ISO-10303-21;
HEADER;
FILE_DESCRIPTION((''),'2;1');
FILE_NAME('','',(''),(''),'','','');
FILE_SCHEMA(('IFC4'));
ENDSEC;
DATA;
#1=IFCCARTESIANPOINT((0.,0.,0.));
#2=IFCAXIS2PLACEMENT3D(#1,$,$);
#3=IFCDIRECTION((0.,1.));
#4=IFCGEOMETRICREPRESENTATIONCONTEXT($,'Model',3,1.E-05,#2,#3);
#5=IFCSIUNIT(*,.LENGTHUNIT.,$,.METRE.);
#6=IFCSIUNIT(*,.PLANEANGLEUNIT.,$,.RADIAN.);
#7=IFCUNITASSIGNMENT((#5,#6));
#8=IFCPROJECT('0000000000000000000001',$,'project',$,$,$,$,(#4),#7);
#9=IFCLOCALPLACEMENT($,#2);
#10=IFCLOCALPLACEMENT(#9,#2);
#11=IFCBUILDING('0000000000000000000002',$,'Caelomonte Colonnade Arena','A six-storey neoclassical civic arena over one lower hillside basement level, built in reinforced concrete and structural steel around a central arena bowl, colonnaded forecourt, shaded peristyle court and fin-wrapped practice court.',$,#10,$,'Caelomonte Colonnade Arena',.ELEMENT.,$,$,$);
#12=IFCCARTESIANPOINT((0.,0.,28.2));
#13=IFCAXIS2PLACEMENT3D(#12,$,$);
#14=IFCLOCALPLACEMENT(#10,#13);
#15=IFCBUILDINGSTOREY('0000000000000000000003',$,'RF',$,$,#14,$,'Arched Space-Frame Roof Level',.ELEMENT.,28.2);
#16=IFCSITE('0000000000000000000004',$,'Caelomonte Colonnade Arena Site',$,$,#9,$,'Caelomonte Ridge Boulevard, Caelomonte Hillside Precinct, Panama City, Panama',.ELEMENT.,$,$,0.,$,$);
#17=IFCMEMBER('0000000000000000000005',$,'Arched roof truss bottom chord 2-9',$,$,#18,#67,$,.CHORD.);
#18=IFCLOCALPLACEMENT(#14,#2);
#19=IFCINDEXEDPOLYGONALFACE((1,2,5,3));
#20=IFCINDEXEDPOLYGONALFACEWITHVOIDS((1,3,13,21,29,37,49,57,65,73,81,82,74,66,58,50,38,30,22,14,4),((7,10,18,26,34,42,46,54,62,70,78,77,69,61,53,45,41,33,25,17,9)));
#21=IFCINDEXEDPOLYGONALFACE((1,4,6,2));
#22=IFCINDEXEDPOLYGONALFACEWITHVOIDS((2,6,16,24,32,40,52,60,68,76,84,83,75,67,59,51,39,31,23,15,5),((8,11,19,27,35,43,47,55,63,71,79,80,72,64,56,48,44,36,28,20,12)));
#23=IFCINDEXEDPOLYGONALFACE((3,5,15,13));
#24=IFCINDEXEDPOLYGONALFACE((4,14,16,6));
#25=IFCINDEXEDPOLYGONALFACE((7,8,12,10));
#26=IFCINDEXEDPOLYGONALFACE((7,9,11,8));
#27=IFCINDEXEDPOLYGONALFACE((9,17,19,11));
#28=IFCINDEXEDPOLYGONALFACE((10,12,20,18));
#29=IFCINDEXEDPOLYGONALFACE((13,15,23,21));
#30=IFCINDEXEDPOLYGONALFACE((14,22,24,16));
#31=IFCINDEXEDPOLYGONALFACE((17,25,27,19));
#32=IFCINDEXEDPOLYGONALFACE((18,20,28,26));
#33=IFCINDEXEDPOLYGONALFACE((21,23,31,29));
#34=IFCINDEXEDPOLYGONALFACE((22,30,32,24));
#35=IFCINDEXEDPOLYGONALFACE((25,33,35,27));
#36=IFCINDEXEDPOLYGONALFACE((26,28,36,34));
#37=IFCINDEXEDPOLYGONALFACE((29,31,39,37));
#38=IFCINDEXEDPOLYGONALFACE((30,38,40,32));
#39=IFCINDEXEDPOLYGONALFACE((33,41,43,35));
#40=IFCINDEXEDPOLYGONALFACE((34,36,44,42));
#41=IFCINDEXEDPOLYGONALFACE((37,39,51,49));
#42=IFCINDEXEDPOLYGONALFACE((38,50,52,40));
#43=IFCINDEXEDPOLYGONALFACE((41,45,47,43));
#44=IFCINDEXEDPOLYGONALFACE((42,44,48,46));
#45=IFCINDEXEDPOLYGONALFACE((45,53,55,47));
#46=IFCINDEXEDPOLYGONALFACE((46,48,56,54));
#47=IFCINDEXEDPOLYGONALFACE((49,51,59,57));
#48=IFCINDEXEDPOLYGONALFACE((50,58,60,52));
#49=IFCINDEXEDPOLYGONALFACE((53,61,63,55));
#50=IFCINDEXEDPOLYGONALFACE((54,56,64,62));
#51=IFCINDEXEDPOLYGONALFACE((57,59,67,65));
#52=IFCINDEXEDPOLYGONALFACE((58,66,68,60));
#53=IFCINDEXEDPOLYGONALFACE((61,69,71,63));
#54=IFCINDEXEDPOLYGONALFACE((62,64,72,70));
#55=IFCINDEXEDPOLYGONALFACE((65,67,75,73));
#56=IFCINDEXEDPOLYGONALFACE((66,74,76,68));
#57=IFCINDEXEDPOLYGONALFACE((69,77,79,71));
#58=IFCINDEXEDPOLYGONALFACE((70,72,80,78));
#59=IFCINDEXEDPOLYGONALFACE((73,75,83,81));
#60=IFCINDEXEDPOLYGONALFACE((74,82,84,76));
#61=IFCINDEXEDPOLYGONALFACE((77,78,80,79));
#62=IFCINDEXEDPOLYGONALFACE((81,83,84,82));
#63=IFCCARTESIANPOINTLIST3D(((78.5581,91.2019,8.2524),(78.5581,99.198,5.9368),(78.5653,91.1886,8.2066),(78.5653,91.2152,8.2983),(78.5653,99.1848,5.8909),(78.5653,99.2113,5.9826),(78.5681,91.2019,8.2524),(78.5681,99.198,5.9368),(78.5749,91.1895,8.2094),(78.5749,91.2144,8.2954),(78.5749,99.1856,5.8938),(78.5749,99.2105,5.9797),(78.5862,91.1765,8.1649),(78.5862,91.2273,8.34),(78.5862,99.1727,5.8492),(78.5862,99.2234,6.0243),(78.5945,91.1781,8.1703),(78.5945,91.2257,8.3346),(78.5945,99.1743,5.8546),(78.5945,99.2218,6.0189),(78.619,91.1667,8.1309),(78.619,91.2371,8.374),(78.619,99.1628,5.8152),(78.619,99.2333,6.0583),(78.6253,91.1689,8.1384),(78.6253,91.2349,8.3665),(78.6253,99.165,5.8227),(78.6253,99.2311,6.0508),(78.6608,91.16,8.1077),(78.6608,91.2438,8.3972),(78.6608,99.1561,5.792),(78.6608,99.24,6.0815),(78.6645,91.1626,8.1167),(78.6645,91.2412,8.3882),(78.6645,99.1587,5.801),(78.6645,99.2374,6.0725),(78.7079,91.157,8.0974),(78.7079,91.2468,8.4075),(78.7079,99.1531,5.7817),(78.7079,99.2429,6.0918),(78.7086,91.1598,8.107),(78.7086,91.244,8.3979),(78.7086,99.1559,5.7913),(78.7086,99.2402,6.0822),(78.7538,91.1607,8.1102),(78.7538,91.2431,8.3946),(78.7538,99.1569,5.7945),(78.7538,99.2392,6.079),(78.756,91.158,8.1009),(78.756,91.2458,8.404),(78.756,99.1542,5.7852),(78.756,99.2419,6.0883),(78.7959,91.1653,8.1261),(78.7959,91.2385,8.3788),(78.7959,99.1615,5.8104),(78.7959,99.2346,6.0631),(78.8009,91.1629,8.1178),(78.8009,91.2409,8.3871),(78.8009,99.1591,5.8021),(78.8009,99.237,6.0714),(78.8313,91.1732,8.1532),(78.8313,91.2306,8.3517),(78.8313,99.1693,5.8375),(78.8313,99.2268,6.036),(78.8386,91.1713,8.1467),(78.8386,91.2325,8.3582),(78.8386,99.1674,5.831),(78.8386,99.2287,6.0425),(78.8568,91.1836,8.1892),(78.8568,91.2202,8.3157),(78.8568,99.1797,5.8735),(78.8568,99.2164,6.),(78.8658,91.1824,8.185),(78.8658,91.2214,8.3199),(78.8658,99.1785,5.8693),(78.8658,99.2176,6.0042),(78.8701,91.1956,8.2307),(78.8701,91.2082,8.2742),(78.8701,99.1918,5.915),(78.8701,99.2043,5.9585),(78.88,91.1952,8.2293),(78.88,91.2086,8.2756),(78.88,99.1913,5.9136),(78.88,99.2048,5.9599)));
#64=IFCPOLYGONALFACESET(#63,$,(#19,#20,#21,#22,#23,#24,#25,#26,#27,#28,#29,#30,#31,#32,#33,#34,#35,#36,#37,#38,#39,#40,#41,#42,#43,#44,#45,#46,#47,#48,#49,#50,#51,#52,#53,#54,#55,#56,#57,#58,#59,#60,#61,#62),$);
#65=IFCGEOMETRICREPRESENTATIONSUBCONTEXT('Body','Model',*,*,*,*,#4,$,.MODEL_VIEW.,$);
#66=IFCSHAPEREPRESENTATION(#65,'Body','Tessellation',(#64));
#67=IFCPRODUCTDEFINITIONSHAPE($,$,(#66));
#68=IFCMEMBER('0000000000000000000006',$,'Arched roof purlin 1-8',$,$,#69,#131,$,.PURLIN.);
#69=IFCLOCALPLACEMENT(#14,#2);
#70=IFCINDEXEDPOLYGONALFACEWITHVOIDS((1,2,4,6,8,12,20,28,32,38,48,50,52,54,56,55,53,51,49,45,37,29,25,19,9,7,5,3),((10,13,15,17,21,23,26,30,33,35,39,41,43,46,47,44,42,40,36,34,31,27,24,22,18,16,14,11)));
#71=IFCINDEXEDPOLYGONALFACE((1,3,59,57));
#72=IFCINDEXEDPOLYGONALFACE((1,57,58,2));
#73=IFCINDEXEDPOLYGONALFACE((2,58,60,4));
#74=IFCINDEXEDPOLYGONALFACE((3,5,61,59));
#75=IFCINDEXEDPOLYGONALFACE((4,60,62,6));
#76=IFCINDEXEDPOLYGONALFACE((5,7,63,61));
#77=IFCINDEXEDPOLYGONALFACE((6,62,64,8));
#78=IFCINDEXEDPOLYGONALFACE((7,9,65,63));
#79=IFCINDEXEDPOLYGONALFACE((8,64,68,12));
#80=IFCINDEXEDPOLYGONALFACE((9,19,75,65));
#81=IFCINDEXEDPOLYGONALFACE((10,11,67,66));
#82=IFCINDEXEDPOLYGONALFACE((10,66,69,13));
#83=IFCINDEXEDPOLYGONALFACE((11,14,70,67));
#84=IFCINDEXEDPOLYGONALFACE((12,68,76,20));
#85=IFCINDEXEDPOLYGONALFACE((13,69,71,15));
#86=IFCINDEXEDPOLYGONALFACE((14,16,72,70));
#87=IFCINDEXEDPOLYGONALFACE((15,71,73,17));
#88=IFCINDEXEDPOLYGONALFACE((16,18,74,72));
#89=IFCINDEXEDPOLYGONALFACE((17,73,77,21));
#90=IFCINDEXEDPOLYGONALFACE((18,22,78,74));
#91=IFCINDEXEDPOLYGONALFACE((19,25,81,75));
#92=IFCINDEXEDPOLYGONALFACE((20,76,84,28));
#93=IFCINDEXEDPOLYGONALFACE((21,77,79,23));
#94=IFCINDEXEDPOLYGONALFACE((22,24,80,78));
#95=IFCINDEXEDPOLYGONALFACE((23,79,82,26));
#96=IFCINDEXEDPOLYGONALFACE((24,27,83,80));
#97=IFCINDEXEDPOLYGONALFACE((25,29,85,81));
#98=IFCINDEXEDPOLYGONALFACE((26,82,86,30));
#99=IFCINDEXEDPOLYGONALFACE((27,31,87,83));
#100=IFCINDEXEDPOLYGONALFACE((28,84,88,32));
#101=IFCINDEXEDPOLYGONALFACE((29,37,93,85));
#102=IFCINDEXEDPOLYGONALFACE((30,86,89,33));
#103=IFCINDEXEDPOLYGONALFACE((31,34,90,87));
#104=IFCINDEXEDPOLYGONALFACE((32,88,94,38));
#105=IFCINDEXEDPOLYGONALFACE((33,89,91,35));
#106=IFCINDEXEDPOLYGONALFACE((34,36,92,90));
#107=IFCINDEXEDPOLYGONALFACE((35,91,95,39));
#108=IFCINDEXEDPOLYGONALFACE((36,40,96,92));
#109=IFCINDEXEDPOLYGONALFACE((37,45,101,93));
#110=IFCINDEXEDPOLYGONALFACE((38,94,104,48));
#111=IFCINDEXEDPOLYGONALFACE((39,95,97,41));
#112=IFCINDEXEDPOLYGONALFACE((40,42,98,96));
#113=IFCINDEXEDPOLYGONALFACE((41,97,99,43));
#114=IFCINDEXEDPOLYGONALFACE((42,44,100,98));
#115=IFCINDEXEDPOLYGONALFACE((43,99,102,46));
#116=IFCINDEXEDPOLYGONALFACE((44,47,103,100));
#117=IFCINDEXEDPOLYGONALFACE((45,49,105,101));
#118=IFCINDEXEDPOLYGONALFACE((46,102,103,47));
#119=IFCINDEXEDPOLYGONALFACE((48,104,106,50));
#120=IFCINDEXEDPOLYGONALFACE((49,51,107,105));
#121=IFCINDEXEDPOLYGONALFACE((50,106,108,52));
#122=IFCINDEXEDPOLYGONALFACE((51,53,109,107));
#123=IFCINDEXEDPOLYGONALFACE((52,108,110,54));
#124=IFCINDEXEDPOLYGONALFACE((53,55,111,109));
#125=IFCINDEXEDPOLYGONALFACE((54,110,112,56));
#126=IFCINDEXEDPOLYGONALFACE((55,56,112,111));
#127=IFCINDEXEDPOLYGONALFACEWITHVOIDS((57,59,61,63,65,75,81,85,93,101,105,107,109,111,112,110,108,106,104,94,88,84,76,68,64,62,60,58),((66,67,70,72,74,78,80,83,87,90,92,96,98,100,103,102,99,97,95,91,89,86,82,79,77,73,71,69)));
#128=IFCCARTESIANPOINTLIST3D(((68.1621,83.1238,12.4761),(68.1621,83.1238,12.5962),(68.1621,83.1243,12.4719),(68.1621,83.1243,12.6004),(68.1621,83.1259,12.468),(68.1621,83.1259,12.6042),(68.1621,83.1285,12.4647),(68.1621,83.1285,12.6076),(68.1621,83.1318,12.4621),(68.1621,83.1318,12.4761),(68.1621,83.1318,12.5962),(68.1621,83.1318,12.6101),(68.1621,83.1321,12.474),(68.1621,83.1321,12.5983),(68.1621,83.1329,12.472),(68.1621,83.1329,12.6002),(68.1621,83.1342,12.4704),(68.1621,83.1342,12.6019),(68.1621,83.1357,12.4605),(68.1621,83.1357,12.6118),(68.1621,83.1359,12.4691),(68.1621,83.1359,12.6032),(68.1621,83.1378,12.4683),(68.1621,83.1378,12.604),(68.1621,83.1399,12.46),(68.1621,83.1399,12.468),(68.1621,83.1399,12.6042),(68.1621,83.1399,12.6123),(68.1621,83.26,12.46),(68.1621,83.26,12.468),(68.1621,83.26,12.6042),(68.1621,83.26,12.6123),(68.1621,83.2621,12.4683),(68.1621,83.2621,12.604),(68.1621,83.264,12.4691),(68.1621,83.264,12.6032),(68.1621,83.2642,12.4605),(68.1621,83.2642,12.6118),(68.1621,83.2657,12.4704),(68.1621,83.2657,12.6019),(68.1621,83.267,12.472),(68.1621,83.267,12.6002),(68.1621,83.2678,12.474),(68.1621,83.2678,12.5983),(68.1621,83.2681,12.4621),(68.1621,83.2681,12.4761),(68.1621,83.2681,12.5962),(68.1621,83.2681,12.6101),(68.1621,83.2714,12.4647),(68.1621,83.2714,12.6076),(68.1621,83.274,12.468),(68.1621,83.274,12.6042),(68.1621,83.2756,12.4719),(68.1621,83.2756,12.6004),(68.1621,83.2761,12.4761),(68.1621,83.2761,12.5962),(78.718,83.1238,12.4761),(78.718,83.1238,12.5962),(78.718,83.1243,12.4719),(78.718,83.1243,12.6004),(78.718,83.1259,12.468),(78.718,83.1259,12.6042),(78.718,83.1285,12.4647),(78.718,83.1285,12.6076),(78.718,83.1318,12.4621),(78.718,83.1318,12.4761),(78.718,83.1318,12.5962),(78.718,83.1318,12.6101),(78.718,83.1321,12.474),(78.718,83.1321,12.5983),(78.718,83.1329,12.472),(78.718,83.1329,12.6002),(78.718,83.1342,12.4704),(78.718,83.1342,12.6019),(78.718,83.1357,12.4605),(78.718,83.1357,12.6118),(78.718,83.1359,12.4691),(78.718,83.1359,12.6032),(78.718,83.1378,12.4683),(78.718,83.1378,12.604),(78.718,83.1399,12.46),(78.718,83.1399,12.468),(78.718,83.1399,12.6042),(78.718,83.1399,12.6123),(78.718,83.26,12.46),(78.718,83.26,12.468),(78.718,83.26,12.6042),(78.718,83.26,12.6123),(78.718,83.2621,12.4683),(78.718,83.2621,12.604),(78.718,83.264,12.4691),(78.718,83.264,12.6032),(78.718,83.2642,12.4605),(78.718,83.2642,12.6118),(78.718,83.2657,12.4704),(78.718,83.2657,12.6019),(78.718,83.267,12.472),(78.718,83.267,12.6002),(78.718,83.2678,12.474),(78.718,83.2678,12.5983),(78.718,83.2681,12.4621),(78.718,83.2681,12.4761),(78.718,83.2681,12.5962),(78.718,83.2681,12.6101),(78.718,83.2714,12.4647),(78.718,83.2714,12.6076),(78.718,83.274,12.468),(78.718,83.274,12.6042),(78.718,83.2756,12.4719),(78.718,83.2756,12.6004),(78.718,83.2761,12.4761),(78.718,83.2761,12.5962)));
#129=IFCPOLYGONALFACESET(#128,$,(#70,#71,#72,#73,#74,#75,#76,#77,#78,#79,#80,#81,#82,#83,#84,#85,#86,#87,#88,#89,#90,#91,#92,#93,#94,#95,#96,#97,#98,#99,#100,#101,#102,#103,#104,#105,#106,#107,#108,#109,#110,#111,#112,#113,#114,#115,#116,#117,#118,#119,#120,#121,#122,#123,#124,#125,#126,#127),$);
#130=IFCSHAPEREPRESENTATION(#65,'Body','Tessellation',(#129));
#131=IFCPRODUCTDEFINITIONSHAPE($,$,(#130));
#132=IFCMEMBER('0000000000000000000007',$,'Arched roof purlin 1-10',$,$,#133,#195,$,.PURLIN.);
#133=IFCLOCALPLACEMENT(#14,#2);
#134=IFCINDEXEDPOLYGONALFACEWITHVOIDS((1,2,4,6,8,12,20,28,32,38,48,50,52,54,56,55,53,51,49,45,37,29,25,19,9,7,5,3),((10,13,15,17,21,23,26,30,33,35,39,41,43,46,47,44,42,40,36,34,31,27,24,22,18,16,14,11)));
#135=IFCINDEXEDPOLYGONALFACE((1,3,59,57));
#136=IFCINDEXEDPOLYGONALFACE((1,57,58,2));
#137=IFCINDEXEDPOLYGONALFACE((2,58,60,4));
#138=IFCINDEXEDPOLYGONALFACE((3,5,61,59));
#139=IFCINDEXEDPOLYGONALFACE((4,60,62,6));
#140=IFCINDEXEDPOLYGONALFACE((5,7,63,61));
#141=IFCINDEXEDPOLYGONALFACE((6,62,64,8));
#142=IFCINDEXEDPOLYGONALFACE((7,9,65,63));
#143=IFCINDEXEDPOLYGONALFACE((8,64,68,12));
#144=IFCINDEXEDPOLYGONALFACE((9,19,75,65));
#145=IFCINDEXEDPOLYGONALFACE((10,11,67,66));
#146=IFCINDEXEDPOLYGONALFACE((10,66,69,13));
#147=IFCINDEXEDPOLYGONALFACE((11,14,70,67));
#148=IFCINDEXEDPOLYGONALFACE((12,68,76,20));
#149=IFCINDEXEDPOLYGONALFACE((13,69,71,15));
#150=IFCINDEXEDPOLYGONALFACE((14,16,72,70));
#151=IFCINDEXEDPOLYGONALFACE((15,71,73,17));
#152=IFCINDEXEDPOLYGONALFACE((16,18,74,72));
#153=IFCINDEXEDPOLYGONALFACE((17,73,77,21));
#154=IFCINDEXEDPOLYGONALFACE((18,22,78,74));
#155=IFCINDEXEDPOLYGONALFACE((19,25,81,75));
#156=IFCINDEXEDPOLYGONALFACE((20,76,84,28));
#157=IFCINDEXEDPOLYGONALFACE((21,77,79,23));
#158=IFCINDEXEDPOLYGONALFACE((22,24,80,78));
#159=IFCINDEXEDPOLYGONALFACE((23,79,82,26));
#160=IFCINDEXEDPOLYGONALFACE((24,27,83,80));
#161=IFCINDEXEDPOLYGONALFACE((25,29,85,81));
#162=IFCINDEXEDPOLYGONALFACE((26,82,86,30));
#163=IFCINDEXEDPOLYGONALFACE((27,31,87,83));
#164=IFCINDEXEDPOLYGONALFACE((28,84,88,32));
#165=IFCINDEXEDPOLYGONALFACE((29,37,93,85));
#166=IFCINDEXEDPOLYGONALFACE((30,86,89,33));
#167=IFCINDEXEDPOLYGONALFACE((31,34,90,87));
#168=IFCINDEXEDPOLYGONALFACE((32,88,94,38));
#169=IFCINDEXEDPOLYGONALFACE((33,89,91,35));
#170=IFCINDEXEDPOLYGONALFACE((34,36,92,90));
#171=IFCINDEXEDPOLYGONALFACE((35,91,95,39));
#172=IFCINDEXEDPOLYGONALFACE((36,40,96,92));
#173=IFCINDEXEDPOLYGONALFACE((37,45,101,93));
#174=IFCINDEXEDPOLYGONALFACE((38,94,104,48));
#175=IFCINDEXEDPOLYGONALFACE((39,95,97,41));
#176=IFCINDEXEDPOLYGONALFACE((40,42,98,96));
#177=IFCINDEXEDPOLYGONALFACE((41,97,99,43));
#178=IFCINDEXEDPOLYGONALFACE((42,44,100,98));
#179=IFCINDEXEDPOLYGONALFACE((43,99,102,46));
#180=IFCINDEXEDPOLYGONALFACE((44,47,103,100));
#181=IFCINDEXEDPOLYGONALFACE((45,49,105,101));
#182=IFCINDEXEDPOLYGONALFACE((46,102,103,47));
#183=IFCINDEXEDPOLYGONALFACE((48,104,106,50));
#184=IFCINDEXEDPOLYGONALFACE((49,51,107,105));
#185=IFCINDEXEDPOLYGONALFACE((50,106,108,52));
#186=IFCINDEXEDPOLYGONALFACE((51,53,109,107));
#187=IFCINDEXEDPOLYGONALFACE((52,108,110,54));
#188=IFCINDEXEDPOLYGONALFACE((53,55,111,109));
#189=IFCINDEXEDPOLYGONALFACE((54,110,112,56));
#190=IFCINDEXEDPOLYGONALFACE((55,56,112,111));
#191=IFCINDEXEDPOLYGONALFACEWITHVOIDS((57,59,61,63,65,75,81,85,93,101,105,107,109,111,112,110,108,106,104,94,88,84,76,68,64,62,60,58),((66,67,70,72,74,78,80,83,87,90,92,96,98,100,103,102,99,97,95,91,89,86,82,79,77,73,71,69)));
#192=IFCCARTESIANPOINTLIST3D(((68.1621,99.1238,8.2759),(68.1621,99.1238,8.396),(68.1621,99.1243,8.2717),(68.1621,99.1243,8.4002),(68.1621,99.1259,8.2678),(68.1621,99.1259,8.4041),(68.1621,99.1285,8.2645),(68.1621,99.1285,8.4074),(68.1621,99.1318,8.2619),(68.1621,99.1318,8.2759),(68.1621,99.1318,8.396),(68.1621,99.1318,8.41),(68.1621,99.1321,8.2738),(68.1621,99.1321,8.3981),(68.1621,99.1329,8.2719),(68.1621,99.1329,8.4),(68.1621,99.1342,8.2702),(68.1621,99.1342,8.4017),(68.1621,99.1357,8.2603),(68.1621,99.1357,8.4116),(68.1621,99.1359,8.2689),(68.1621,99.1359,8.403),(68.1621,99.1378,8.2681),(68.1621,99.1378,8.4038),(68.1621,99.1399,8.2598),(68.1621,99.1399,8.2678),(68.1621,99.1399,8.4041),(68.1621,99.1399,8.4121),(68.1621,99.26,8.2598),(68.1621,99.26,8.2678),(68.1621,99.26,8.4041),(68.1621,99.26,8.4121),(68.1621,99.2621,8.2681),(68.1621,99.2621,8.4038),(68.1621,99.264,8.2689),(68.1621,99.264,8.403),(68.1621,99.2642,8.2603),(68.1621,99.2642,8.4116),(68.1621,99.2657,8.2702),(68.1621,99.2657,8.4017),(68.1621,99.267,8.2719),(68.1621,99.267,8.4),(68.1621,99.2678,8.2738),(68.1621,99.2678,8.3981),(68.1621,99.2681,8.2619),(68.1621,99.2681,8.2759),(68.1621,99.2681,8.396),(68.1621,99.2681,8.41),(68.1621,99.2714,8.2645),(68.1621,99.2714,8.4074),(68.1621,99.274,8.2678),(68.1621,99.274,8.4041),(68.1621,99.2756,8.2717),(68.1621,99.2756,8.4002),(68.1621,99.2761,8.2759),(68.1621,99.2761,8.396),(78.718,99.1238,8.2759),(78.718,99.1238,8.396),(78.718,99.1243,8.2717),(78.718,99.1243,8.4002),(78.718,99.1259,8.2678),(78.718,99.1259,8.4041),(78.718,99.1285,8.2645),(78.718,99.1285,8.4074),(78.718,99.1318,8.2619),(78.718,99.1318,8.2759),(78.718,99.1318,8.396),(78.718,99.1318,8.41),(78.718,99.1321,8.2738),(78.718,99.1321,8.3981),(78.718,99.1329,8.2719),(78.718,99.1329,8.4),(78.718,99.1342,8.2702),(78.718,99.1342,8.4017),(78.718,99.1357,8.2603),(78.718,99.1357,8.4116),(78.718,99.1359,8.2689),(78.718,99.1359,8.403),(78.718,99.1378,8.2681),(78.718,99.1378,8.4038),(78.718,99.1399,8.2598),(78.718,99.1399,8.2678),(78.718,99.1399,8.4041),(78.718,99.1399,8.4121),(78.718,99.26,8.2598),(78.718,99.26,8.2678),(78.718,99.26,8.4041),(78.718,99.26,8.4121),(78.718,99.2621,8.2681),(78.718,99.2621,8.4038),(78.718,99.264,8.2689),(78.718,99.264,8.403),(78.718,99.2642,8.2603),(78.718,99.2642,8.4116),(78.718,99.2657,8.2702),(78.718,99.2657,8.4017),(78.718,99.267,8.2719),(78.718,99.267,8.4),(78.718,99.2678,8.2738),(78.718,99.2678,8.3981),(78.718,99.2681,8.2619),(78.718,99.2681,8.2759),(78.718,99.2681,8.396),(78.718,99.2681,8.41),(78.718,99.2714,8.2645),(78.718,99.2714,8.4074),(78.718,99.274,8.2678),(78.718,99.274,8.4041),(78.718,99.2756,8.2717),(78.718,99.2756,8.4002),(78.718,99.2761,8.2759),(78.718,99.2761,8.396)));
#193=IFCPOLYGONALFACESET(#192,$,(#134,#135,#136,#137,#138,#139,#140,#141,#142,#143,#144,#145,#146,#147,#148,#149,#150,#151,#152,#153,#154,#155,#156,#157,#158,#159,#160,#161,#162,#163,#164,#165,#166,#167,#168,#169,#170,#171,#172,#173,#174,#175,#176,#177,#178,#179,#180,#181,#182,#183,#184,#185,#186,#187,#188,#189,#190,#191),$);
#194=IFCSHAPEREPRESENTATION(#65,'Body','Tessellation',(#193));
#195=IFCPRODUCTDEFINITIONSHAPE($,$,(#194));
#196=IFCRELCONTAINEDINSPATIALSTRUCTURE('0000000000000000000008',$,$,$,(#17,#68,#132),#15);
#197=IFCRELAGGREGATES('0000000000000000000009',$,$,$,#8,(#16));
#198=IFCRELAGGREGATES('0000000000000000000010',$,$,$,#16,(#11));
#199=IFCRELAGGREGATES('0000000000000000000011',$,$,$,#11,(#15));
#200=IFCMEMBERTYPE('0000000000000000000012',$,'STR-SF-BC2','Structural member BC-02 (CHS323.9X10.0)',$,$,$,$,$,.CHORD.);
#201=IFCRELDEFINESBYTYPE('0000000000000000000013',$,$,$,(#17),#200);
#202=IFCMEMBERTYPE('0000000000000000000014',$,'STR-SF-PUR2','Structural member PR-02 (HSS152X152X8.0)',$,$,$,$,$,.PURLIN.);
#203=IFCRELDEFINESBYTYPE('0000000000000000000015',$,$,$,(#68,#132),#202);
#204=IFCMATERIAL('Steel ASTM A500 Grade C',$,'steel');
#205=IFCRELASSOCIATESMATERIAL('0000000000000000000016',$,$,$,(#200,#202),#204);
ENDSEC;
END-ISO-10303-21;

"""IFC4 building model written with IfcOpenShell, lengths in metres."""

from ifc_helpers import new_model, si_unit, direction, frame, origin, origin_2d, place, context, subcontext, project, spatial, hollow_rectangle, hollow_circle, extrude, material, material_profile, profile_set, type_object, element, save


model = new_model("IFC4")

# Units and contexts
model_context = context("Model", 3, precision=1e-05, world=origin(), true_north=direction((0.0, 1.0)))
body_context = subcontext(model_context, "Body", "Model", "MODEL_VIEW")
ifc_project = project(units=[si_unit("LENGTHUNIT", "METRE"), si_unit("PLANEANGLEUNIT", "RADIAN")], contexts=[model_context])

# Site, building, storey
site_placement = place(None, origin())
site = spatial("IfcSite", under=ifc_project, at=site_placement, Name="Caelomonte Colonnade Arena Site", LongName="Caelomonte Ridge Boulevard, Caelomonte Hillside Precinct, Panama City, Panama", CompositionType="ELEMENT", RefElevation=0.0)
building_placement = place(site_placement, origin())
building = spatial("IfcBuilding", under=site, at=building_placement, Name="Caelomonte Colonnade Arena", Description="A six-storey neoclassical civic arena over one lower hillside basement level, built in reinforced concrete and structural steel around a central arena bowl, colonnaded forecourt, shaded peristyle court and fin-wrapped practice court.", LongName="Caelomonte Colonnade Arena", CompositionType="ELEMENT")
storey_placement = place(building_placement, frame((0.0, 0.0, 28.2)))
storey = spatial("IfcBuildingStorey", under=building, at=storey_placement, Name="RF", LongName="Arched Space-Frame Roof Level", CompositionType="ELEMENT", Elevation=28.2)

# Members
ifc_material_1 = material(Name="Steel ASTM A500 Grade C", Category="steel")
ifc_material_profile_1 = material_profile(ifc_material_1, hollow_circle(Radius=0.1619, WallThickness=0.01, at=origin_2d()), Name="CHS323.9X10.0")
ifc_profile_set_1 = profile_set([ifc_material_profile_1], Name="Steel ASTM A500 Grade C")
member_type_1 = type_object("IfcMemberType", Name="STR-SF-BC2", Description="Structural member BC-02 (CHS323.9X10.0)", PredefinedType="CHORD", material=ifc_profile_set_1)
member_1_placement = place(storey_placement, frame((78.72, 91.2019, 8.2524), z_axis=(0.0, 0.960532, -0.278171), x_axis=(-1.0, 0.0, 0.0)))
element("IfcMember", 1, at=member_1_placement, inside=storey, type_object=member_type_1, Name="Arched roof truss bottom chord 2-9", PredefinedType="CHORD", context=body_context, shape_type="SweptSolid", body=[
    extrude(hollow_circle(Radius=0.1619, WallThickness=0.01, at=origin_2d()), origin(), (0.0, 0.0, 1.0), 8.3247),
])
ifc_material_profile_2 = material_profile(ifc_material_1, hollow_rectangle(XDim=0.1523, YDim=0.1523, WallThickness=0.0081, InnerFilletRadius=0.0081, OuterFilletRadius=0.0161, at=origin_2d()), Name="HSS152X152X8.0")
ifc_profile_set_2 = profile_set([ifc_material_profile_2], Name="Steel ASTM A500 Grade C")
member_type_2 = type_object("IfcMemberType", Name="STR-SF-PUR2", Description="Structural member PR-02 (HSS152X152X8.0)", PredefinedType="PURLIN", material=ifc_profile_set_2)
for number, where, z_axis, x_axis, name in (
    (2, (68.1621, 83.2, 12.5361), (1.0, 0.0, 0.0), (0.0, 1.0, 0.0), "Arched roof purlin 1-8"),
    (3, (68.1621, 99.2, 8.3359), (1.0, 0.0, 0.0), (0.0, 1.0, 0.0), "Arched roof purlin 1-10"),
):
    element("IfcMember", number, at=place(storey_placement, frame(where, z_axis=z_axis, x_axis=x_axis)), inside=storey, type_object=member_type_2, Name=name, PredefinedType="PURLIN", context=body_context, shape_type="SweptSolid", body=[
        extrude(hollow_rectangle(XDim=0.1523, YDim=0.1523, WallThickness=0.0081, InnerFilletRadius=0.0081, OuterFilletRadius=0.0161, at=origin_2d()), origin(), (0.0, 0.0, 1.0), 10.5559),
    ])

save(model, "model.ifc")
